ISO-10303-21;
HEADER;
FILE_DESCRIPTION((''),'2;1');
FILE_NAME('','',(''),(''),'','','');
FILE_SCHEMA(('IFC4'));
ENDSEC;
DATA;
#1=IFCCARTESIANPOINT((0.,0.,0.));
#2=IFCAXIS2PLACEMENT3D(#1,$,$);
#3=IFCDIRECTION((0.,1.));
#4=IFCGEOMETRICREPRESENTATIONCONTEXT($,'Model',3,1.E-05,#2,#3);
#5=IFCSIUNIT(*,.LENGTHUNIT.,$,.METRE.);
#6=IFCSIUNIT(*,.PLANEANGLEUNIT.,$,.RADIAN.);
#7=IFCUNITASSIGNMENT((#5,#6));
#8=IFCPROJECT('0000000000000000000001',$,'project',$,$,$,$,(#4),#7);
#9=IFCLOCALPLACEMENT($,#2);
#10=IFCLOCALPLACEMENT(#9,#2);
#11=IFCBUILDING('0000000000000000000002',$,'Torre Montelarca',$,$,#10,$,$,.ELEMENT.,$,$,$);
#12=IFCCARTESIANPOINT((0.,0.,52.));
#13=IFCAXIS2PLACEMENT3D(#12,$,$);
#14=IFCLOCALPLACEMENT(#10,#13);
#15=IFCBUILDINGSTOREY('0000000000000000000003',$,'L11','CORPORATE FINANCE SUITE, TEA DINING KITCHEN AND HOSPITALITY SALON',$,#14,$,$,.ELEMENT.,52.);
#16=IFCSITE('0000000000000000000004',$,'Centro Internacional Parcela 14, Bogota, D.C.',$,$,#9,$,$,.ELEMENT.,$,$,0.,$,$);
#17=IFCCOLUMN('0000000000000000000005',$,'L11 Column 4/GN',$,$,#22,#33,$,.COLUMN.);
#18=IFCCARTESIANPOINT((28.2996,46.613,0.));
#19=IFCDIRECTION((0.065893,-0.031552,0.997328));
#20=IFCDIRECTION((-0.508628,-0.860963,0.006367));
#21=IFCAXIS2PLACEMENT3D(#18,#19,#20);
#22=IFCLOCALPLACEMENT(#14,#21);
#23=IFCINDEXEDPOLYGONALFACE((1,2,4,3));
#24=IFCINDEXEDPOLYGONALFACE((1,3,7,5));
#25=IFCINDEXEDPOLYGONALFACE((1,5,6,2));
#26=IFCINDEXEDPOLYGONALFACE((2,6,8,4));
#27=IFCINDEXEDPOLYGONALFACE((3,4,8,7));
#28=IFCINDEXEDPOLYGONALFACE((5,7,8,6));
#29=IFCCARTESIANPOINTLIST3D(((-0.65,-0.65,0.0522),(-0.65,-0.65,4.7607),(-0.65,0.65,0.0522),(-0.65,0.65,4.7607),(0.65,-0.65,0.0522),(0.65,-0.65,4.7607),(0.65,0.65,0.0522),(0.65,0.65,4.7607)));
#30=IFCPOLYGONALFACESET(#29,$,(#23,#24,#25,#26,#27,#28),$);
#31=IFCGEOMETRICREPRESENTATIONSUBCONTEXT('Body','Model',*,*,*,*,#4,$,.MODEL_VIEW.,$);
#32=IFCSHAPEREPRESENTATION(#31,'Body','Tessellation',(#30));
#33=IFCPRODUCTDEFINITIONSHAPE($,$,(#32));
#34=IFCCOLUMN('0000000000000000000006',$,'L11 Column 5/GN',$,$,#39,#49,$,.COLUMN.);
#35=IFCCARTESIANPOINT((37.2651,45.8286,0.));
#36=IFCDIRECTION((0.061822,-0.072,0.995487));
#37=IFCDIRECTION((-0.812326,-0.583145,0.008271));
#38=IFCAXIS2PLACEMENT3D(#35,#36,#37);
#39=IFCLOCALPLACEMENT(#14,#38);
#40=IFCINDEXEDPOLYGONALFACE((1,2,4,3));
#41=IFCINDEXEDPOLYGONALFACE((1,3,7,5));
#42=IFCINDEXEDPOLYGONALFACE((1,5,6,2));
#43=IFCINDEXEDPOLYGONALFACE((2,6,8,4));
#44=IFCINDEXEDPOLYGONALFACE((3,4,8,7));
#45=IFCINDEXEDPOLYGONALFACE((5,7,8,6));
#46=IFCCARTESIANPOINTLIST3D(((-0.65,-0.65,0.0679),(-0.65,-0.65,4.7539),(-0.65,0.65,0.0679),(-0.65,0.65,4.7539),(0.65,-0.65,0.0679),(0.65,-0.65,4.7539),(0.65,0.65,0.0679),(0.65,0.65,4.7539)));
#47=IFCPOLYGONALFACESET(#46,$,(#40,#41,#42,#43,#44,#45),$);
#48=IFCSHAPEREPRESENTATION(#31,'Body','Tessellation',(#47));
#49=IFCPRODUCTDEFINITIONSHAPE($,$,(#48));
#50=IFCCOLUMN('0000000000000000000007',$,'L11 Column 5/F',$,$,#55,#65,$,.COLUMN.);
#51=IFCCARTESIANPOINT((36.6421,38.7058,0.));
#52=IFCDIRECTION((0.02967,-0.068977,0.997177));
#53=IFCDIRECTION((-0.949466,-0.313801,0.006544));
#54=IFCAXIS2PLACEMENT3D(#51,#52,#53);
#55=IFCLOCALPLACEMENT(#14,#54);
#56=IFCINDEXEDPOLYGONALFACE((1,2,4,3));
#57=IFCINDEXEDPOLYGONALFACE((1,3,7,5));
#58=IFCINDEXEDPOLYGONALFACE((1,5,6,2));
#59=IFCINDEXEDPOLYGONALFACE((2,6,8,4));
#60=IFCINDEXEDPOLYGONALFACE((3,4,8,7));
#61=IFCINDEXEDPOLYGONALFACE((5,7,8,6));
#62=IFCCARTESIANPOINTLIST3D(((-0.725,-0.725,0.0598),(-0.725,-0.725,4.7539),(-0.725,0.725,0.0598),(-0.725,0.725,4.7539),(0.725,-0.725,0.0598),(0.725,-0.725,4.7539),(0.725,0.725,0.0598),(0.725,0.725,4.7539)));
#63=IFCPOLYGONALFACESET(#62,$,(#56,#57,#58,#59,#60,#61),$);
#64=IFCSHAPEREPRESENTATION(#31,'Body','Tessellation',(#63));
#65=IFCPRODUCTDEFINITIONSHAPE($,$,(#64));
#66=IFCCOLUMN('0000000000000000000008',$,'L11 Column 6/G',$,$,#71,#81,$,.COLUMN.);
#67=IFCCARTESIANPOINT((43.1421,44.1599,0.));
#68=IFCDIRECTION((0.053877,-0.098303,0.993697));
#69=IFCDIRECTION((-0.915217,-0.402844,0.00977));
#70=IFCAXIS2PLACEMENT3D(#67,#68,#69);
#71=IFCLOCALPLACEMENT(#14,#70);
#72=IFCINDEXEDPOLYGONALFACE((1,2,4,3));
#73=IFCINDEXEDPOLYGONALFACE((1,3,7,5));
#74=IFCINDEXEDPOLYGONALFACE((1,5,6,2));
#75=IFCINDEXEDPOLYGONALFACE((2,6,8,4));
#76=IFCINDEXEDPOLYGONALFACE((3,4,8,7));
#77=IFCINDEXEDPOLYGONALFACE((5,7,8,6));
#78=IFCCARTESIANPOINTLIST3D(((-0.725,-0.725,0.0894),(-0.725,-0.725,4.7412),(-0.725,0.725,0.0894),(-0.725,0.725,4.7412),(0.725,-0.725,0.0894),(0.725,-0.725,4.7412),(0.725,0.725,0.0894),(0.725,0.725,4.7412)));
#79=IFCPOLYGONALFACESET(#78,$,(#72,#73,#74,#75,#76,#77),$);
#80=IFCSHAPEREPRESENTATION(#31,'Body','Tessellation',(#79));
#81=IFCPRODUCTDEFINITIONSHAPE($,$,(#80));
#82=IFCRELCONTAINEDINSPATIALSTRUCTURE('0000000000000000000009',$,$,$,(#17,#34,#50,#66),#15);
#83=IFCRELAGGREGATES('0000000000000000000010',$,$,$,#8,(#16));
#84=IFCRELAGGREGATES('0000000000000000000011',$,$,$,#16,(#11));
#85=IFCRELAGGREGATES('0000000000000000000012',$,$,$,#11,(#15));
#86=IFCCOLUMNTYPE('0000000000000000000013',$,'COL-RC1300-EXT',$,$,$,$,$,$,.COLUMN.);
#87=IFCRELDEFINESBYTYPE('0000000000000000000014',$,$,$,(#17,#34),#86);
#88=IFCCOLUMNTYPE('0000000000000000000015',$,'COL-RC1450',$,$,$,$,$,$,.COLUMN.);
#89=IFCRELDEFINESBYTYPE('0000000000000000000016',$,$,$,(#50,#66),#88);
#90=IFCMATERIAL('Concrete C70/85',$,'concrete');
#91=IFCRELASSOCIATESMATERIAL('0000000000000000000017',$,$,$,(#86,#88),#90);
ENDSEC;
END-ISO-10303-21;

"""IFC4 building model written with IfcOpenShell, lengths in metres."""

from ifc_helpers import new_model, si_unit, direction, frame, origin, origin_2d, place, context, subcontext, project, spatial, rectangle, extrude, clip, halfspace, material, material_profile, profile_set, type_object, element, save


model = new_model("IFC4")

# Units and contexts
model_context = context("Model", 3, precision=1e-05, world=origin(), true_north=direction((0.0, 1.0)))
body_context = subcontext(model_context, "Body", "Model", "MODEL_VIEW")
ifc_project = project(units=[si_unit("LENGTHUNIT", "METRE"), si_unit("PLANEANGLEUNIT", "RADIAN")], contexts=[model_context])

# Site, building, storey
site_placement = place(None, origin())
site = spatial("IfcSite", under=ifc_project, at=site_placement, Name="Centro Internacional Parcela 14, Bogota, D.C.", CompositionType="ELEMENT", RefElevation=0.0)
building_placement = place(site_placement, origin())
building = spatial("IfcBuilding", under=site, at=building_placement, Name="Torre Montelarca", CompositionType="ELEMENT")
storey_placement = place(building_placement, frame((0.0, 0.0, 52.0)))
storey = spatial("IfcBuildingStorey", under=building, at=storey_placement, Name="L11", Description="CORPORATE FINANCE SUITE, TEA DINING KITCHEN AND HOSPITALITY SALON", CompositionType="ELEMENT", Elevation=52.0)

# Columns
ifc_material_1 = material(Name="Concrete C70/85", Category="concrete")
ifc_material_profile_1 = material_profile(ifc_material_1, rectangle(XDim=1.3, YDim=1.3, at=origin_2d()), Name="RC1300X1300", Category="concrete")
ifc_profile_set_1 = profile_set([ifc_material_profile_1], Name="Concrete C70/85")
column_type_1 = type_object("IfcColumnType", Name="COL-RC1300-EXT", PredefinedType="COLUMN", material=ifc_profile_set_1)
column_1_placement = place(storey_placement, frame((28.2996, 46.613, 0.0), z_axis=(0.065893, -0.031552, 0.997328), x_axis=(-0.508628, -0.860963, 0.006367)))
element("IfcColumn", 1, at=column_1_placement, inside=storey, type_object=column_type_1, Name="L11 Column 4/GN", PredefinedType="COLUMN", context=body_context, shape_type="Clipping", body=[
    clip(clip(extrude(rectangle(XDim=1.3, YDim=1.3, at=origin_2d()), origin(), (0.0, 0.0, 1.0), 4.813), halfspace(frame((0.0, 0.0, 0.0522), z_axis=(0.0, 0.0, -1.0), x_axis=(1.0, 0.0, 0.0)), False)), halfspace(frame((0.0, 0.0, 4.7607), z_axis=(0.0, 0.0, 1.0), x_axis=(1.0, 0.0, 0.0)), False)),
])
column_2_placement = place(storey_placement, frame((37.2651, 45.8286, 0.0), z_axis=(0.061822, -0.072, 0.995487), x_axis=(-0.812326, -0.583145, 0.008271)))
element("IfcColumn", 2, at=column_2_placement, inside=storey, type_object=column_type_1, Name="L11 Column 5/GN", PredefinedType="COLUMN", context=body_context, shape_type="Clipping", body=[
    clip(clip(extrude(rectangle(XDim=1.3, YDim=1.3, at=origin_2d()), origin(), (0.0, 0.0, 1.0), 4.8218), halfspace(frame((0.0, 0.0, 0.0679), z_axis=(0.0, 0.0, -1.0), x_axis=(1.0, 0.0, 0.0)), False)), halfspace(frame((0.0, 0.0, 4.7539), z_axis=(0.0, 0.0, 1.0), x_axis=(1.0, 0.0, 0.0)), False)),
])
ifc_material_profile_2 = material_profile(ifc_material_1, rectangle(XDim=1.45, YDim=1.45, at=origin_2d()), Name="RC1450X1450", Category="concrete")
ifc_profile_set_2 = profile_set([ifc_material_profile_2], Name="Concrete C70/85")
column_type_2 = type_object("IfcColumnType", Name="COL-RC1450", PredefinedType="COLUMN", material=ifc_profile_set_2)
column_3_placement = place(storey_placement, frame((36.6421, 38.7058, 0.0), z_axis=(0.02967, -0.068977, 0.997177), x_axis=(-0.949466, -0.313801, 0.006544)))
element("IfcColumn", 3, at=column_3_placement, inside=storey, type_object=column_type_2, Name="L11 Column 5/F", PredefinedType="COLUMN", context=body_context, shape_type="Clipping", body=[
    clip(clip(extrude(rectangle(XDim=1.45, YDim=1.45, at=origin_2d()), origin(), (0.0, 0.0, 1.0), 4.8137), halfspace(frame((0.0, 0.0, 0.0598), z_axis=(0.0, 0.0, -1.0), x_axis=(1.0, 0.0, 0.0)), False)), halfspace(frame((0.0, 0.0, 4.7539), z_axis=(0.0, 0.0, 1.0), x_axis=(1.0, 0.0, 0.0)), False)),
])
column_4_placement = place(storey_placement, frame((43.1421, 44.1599, 0.0), z_axis=(0.053877, -0.098303, 0.993697), x_axis=(-0.915217, -0.402844, 0.00977)))
element("IfcColumn", 4, at=column_4_placement, inside=storey, type_object=column_type_2, Name="L11 Column 6/G", PredefinedType="COLUMN", context=body_context, shape_type="Clipping", body=[
    clip(clip(extrude(rectangle(XDim=1.45, YDim=1.45, at=origin_2d()), origin(), (0.0, 0.0, 1.0), 4.8306), halfspace(frame((0.0, 0.0, 0.0894), z_axis=(0.0, 0.0, -1.0), x_axis=(1.0, 0.0, 0.0)), False)), halfspace(frame((0.0, 0.0, 4.7412), z_axis=(0.0, 0.0, 1.0), x_axis=(1.0, 0.0, 0.0)), False)),
])

save(model, "model.ifc")
